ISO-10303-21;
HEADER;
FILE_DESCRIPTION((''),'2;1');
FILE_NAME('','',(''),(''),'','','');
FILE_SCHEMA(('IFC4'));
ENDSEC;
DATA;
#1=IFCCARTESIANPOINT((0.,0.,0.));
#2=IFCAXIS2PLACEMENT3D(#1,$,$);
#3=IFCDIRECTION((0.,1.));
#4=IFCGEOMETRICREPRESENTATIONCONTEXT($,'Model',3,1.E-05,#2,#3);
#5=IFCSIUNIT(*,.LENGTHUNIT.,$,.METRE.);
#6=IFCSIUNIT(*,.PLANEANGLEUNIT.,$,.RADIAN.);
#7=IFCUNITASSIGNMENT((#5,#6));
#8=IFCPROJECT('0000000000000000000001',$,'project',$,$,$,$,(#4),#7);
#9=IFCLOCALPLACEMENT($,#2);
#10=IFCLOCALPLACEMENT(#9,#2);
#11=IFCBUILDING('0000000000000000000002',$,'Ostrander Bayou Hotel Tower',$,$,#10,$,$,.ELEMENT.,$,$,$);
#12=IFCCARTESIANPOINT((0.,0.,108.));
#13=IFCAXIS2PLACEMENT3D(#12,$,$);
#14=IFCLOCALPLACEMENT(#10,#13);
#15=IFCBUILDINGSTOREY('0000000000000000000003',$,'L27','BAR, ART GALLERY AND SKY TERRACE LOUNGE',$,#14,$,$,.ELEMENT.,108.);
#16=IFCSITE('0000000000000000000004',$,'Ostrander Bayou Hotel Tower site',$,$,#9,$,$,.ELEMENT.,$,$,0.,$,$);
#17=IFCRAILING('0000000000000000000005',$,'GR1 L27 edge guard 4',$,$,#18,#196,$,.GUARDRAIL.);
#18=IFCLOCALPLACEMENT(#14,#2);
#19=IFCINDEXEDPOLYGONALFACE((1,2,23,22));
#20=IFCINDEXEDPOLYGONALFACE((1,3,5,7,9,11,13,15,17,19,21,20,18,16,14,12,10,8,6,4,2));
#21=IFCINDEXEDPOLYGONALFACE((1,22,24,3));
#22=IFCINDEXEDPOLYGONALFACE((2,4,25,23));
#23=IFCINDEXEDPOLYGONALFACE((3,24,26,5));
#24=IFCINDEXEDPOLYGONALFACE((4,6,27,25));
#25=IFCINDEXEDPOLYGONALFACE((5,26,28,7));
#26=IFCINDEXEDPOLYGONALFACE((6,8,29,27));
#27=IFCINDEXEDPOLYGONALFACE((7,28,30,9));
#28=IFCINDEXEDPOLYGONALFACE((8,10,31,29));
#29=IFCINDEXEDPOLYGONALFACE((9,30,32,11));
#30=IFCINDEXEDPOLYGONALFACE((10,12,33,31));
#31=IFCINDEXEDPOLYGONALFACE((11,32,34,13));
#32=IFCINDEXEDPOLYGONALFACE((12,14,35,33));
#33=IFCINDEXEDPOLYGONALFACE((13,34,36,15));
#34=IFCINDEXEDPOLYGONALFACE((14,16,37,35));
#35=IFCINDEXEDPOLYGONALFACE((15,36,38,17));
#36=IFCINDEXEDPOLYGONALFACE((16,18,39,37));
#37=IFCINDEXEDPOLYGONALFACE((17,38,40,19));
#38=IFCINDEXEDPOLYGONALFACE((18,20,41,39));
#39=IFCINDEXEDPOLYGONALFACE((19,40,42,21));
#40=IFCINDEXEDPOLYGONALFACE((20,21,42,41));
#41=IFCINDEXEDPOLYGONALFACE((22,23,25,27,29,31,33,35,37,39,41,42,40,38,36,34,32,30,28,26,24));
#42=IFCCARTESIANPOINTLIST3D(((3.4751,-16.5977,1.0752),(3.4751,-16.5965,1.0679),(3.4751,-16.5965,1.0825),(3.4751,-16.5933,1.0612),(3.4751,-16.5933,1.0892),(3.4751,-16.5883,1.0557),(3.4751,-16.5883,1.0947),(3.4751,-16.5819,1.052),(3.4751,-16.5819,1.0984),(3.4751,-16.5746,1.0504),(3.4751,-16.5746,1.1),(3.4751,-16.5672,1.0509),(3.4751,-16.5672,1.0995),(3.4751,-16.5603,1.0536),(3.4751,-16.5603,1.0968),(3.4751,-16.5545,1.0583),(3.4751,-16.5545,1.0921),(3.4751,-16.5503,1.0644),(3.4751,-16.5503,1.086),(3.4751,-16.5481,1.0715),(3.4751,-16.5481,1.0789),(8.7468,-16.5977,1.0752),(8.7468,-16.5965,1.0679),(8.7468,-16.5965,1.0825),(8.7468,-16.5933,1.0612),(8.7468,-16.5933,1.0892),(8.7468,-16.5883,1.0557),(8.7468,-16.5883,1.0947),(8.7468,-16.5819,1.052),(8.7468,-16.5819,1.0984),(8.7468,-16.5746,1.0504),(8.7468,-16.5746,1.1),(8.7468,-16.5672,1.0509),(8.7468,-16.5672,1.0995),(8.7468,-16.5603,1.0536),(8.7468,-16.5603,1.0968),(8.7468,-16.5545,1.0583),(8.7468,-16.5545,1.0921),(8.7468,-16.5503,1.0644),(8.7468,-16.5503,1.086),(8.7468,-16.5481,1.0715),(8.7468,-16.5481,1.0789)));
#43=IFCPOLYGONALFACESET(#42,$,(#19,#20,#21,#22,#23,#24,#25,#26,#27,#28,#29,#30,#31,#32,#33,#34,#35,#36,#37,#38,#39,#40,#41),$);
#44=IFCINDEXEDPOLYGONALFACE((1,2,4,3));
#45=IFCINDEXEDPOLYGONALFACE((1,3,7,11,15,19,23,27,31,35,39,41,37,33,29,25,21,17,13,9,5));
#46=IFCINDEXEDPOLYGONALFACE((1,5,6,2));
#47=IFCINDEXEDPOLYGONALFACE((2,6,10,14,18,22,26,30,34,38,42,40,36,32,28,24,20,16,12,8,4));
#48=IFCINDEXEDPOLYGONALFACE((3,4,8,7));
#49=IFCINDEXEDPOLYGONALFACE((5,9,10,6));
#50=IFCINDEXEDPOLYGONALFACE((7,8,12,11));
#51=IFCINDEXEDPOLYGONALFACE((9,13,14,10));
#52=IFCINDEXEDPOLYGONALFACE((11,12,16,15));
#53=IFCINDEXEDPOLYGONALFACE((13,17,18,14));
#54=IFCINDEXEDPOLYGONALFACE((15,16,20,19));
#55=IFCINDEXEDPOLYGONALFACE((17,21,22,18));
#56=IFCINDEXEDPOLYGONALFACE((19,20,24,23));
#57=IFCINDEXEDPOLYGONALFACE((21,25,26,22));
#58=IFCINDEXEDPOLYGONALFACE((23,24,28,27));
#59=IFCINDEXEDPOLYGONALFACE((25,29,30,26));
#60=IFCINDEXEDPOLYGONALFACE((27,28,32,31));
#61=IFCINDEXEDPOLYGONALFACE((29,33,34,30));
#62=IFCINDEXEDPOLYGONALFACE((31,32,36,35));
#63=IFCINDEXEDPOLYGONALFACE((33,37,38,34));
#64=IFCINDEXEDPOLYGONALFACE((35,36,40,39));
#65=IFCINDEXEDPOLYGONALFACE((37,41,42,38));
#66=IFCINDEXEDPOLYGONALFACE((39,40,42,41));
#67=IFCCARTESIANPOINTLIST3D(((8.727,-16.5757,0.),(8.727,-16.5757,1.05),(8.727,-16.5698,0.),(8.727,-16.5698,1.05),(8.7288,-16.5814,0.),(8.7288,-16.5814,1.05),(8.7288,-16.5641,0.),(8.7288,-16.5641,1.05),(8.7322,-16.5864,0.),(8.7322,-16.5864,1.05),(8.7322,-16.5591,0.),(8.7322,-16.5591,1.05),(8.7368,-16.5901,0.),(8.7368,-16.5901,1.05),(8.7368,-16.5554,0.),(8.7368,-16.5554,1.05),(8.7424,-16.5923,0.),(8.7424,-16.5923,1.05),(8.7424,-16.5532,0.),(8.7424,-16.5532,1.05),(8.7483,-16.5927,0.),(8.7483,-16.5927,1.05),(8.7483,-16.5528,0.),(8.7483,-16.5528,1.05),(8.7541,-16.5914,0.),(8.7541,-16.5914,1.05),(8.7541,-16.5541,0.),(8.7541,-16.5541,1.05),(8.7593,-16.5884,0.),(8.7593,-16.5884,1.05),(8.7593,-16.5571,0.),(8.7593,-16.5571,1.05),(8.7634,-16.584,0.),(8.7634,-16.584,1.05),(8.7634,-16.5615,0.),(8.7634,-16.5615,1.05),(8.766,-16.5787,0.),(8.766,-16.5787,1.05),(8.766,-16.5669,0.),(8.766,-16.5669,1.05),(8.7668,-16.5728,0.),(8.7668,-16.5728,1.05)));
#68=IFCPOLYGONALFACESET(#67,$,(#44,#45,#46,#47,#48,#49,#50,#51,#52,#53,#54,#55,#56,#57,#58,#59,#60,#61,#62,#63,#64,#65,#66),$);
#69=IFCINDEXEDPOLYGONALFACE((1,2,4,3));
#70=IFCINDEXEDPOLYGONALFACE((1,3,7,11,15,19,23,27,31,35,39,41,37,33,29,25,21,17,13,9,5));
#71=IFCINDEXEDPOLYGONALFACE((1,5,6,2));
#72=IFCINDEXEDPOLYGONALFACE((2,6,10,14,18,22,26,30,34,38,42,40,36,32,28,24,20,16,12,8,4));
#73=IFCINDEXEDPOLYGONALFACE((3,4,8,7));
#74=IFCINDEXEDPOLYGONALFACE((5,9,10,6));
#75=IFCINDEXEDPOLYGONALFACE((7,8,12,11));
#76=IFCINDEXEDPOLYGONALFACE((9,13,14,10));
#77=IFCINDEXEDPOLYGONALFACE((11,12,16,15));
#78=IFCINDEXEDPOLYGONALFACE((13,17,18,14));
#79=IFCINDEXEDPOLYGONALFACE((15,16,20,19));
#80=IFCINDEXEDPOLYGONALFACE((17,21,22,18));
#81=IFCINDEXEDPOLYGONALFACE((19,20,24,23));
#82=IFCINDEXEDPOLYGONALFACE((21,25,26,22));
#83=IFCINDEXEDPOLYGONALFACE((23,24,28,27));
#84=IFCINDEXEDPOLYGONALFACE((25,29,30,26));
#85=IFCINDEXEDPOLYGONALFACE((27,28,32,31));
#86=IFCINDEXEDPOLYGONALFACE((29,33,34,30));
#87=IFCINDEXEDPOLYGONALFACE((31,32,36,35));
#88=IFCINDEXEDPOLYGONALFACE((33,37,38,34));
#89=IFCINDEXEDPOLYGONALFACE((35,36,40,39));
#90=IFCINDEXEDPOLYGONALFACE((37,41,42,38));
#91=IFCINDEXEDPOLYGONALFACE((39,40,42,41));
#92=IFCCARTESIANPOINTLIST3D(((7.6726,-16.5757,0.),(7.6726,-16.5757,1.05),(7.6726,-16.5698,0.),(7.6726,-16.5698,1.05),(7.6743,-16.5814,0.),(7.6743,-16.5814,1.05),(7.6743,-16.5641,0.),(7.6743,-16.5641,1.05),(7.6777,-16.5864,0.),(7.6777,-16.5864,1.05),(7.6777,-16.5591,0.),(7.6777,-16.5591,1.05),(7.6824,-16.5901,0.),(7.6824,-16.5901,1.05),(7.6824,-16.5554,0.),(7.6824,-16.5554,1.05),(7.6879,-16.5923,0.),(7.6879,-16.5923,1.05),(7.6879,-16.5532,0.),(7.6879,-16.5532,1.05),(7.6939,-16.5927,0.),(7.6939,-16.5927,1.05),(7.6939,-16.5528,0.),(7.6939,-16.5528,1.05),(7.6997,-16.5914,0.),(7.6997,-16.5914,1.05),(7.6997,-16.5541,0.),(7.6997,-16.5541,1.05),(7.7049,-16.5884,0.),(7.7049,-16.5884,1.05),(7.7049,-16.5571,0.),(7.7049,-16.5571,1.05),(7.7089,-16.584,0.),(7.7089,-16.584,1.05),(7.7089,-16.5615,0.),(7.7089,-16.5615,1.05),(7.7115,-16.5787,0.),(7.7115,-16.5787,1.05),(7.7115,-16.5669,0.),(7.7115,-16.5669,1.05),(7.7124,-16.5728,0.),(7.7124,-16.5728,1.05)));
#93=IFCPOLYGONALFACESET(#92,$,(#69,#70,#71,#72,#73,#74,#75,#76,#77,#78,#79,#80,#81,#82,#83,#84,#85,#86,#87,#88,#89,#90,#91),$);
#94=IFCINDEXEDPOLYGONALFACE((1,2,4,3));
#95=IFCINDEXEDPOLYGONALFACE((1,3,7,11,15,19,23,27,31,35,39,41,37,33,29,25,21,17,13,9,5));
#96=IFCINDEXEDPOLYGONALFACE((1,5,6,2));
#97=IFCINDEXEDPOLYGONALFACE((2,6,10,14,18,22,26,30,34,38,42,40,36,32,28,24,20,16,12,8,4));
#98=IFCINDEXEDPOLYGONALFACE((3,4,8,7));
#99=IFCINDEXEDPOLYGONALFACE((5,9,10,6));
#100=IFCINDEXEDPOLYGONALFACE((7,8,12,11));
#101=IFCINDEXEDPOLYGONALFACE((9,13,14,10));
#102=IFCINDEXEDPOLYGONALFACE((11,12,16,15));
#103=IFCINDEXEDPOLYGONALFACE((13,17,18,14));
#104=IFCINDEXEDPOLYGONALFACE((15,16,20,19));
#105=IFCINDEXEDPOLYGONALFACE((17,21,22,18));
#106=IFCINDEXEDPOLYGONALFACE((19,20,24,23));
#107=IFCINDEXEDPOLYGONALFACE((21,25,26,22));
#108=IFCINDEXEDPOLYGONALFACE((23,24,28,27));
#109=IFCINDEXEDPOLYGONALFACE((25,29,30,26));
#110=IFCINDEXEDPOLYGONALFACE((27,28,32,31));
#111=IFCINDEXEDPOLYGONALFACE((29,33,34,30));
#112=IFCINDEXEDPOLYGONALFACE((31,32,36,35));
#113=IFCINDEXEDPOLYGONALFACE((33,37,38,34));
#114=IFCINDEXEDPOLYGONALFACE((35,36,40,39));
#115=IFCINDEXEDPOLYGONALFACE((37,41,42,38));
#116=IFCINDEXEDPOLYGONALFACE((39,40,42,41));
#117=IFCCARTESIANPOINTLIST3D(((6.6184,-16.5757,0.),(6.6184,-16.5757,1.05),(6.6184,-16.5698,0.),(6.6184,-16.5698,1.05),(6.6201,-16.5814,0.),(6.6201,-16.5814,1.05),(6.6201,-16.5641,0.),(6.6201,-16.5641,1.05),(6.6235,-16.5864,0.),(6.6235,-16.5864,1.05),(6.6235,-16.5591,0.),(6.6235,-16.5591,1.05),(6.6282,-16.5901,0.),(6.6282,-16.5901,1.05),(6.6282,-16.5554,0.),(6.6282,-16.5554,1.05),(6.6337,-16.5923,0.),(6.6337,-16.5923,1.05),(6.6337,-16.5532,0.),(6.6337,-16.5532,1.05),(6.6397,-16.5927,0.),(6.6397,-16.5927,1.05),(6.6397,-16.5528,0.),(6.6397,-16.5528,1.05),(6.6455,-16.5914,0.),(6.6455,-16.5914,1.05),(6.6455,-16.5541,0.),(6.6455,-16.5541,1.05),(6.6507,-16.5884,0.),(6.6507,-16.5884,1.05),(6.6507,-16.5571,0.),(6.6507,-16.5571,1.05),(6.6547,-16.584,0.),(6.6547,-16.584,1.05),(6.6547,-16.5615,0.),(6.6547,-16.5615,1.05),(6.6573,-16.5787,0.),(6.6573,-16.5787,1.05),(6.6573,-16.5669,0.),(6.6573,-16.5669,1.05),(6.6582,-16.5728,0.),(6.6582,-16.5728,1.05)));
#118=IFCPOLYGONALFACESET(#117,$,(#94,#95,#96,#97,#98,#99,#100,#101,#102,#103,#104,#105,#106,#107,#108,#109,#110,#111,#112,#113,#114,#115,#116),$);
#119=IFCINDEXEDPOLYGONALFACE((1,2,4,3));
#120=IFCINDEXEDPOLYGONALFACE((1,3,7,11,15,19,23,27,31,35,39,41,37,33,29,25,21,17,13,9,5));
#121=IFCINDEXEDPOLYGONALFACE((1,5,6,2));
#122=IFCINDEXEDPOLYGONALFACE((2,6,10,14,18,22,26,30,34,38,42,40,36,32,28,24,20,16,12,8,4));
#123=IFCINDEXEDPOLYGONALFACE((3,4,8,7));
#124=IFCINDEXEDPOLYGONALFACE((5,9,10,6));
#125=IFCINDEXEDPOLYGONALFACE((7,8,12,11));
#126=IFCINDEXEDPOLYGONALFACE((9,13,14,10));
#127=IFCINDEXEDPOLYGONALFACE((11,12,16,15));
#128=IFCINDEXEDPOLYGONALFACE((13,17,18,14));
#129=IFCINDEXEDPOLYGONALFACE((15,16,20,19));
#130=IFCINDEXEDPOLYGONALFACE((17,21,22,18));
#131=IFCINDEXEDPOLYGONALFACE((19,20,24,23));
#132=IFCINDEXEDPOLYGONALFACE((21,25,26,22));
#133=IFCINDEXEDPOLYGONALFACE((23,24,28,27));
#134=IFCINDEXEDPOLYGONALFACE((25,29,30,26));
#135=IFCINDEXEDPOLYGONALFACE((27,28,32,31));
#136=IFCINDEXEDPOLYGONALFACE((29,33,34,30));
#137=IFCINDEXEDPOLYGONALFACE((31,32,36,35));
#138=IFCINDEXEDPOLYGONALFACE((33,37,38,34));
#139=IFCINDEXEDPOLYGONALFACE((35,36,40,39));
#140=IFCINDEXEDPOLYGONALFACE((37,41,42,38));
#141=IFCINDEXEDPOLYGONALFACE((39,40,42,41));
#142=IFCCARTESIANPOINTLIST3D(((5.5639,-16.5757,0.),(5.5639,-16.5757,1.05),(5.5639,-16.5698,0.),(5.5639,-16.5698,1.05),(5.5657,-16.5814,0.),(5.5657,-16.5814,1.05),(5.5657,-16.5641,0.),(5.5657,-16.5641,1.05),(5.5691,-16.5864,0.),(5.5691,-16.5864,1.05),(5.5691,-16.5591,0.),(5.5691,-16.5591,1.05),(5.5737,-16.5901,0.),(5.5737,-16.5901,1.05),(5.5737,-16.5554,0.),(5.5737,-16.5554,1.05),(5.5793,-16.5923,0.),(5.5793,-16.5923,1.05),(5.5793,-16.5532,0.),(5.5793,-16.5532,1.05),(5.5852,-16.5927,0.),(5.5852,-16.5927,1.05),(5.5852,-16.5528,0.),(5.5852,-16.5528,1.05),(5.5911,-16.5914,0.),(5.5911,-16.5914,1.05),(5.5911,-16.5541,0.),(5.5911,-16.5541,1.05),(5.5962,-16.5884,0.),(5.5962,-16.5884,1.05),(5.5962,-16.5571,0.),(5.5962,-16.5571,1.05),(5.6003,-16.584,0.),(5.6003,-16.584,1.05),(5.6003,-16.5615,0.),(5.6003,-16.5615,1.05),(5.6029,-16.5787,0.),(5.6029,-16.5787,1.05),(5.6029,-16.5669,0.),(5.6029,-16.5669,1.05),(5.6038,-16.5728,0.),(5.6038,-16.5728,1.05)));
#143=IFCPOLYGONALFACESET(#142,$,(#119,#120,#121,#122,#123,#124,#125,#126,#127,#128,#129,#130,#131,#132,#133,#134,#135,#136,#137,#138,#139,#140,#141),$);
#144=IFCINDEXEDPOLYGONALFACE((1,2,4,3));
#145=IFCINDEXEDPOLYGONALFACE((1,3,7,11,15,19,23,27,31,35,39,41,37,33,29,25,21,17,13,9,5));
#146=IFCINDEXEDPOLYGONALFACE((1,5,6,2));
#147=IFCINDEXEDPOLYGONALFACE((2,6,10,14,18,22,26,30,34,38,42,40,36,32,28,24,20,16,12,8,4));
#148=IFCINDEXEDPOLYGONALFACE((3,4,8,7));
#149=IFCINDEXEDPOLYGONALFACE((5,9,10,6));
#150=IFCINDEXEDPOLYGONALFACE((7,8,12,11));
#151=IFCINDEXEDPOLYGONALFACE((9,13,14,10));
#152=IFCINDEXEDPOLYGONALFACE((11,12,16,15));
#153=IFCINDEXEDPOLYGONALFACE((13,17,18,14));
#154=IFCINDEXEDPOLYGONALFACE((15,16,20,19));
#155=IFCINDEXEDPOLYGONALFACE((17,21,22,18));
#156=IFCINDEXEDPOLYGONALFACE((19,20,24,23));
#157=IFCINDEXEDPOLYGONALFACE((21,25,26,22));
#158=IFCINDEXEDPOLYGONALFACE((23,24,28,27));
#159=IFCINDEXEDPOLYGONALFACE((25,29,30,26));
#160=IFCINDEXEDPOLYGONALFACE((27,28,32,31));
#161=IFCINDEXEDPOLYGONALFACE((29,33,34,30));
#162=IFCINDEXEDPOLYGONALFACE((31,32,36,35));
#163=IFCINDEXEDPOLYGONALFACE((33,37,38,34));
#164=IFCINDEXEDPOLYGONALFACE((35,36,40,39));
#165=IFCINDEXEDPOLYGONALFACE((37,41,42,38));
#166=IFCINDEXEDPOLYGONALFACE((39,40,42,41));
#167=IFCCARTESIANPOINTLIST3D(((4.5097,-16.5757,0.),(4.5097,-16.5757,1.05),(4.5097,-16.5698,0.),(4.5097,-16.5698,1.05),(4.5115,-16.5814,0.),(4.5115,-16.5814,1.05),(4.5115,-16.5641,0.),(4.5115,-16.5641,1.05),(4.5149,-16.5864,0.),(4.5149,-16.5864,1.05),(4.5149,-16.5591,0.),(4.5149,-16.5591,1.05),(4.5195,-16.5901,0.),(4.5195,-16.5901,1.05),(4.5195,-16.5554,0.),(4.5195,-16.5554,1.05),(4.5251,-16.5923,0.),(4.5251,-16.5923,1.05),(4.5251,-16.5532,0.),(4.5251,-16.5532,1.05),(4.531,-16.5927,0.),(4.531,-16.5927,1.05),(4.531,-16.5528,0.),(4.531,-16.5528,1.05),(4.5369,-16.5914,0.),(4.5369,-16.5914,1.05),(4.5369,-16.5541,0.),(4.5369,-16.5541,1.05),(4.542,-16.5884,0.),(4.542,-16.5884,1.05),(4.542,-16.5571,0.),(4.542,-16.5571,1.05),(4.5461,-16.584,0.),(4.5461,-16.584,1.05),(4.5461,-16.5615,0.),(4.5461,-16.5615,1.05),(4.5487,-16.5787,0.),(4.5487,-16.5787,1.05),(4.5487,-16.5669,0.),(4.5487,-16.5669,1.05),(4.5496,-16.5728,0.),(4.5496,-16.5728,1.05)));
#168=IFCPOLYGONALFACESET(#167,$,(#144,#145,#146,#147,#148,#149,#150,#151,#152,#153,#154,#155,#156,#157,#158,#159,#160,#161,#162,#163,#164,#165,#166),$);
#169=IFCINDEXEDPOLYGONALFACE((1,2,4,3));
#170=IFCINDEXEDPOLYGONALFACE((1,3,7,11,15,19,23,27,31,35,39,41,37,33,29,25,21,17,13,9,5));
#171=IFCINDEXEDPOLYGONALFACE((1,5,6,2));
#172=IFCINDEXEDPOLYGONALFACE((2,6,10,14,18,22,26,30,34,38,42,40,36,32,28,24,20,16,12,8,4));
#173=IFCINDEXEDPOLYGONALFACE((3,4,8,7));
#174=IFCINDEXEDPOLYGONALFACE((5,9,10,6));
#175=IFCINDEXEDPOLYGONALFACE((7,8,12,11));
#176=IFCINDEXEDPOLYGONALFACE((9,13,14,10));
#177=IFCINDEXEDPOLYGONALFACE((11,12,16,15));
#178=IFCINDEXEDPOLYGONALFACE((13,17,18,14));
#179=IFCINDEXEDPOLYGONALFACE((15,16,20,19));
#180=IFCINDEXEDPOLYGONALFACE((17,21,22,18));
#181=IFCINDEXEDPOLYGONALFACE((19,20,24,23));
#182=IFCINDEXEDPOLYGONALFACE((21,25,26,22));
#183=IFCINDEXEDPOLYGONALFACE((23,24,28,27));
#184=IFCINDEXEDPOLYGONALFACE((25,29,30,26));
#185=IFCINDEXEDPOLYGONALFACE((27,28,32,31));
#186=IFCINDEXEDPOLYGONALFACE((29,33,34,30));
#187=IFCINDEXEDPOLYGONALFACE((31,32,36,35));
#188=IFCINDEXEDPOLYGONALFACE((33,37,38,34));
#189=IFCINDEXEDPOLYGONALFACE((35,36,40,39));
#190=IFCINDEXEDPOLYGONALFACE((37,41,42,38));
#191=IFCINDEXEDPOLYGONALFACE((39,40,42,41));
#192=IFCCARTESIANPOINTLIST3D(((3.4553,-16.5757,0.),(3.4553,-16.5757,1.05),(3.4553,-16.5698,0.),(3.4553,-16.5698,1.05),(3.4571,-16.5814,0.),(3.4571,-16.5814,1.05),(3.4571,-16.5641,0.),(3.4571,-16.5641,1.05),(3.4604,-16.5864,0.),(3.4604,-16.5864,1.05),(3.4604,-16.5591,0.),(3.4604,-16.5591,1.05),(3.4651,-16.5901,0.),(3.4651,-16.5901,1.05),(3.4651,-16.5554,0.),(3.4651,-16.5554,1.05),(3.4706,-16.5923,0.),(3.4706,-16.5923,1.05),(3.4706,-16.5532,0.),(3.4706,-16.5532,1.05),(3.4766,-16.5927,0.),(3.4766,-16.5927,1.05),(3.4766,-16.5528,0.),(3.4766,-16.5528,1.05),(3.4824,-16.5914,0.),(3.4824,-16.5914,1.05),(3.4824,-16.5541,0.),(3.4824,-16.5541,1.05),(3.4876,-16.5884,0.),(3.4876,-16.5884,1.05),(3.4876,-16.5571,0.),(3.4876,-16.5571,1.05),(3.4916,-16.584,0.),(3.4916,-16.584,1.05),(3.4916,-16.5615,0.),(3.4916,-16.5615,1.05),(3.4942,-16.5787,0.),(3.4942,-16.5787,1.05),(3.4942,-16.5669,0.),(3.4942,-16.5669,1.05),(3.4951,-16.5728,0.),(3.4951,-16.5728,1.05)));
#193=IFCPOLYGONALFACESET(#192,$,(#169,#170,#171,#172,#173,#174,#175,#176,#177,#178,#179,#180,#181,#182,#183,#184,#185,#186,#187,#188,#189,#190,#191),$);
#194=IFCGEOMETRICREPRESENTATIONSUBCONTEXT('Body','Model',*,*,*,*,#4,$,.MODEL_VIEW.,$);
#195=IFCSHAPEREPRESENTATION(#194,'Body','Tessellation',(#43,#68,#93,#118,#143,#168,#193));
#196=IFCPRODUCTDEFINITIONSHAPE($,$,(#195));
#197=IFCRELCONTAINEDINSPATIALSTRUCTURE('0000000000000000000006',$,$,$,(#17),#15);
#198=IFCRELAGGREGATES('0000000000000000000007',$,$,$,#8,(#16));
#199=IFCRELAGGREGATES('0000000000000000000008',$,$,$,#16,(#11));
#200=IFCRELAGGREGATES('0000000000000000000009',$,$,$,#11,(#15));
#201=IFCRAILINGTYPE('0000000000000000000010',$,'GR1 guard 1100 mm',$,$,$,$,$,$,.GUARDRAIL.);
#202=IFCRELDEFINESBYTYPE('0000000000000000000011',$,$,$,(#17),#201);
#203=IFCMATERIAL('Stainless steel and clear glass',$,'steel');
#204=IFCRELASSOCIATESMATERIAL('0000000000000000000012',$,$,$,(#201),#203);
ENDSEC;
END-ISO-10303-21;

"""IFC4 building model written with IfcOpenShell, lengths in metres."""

from ifc_helpers import new_model, si_unit, direction, frame, origin, origin_2d, place, context, subcontext, project, spatial, circle, extrude, material, type_object, element, save


model = new_model("IFC4")

# Units and contexts
model_context = context("Model", 3, precision=1e-05, world=origin(), true_north=direction((0.0, 1.0)))
body_context = subcontext(model_context, "Body", "Model", "MODEL_VIEW")
ifc_project = project(units=[si_unit("LENGTHUNIT", "METRE"), si_unit("PLANEANGLEUNIT", "RADIAN")], contexts=[model_context])

# Site, building, storey
site_placement = place(None, origin())
site = spatial("IfcSite", under=ifc_project, at=site_placement, Name="Ostrander Bayou Hotel Tower site", CompositionType="ELEMENT", RefElevation=0.0)
building_placement = place(site_placement, origin())
building = spatial("IfcBuilding", under=site, at=building_placement, Name="Ostrander Bayou Hotel Tower", CompositionType="ELEMENT")
storey_placement = place(building_placement, frame((0.0, 0.0, 108.0)))
storey = spatial("IfcBuildingStorey", under=building, at=storey_placement, Name="L27", Description="BAR, ART GALLERY AND SKY TERRACE LOUNGE", CompositionType="ELEMENT", Elevation=108.0)

# Railing
ifc_material_1 = material(Name="Stainless steel and clear glass", Category="steel")
railing_type_1 = type_object("IfcRailingType", Name="GR1 guard 1100 mm", PredefinedType="GUARDRAIL", material=ifc_material_1)
railing_1_placement = place(storey_placement, frame((8.7468, -16.5728, 0.0)))
element("IfcRailing", 1, at=railing_1_placement, inside=storey, type_object=railing_type_1, Name="GR1 L27 edge guard 4", PredefinedType="GUARDRAIL", context=body_context, shape_type="SweptSolid", body=[
    extrude(circle(Radius=0.0249, at=origin_2d()), frame((0.0, 0.0, 1.0752), z_axis=(-1.0, 0.0, 0.0), x_axis=(0.0, -1.0, 0.0)), (0.0, 0.0, 1.0), 5.2717),
    extrude(circle(Radius=0.02, at=origin_2d()), origin(), (0.0, 0.0, 1.0), 1.05),
    extrude(circle(Radius=0.02, at=origin_2d()), frame((-1.0544, 0.0, 0.0)), (0.0, 0.0, 1.0), 1.05),
    extrude(circle(Radius=0.02, at=origin_2d()), frame((-2.1086, 0.0, 0.0)), (0.0, 0.0, 1.0), 1.05),
    extrude(circle(Radius=0.02, at=origin_2d()), frame((-3.1631, 0.0, 0.0)), (0.0, 0.0, 1.0), 1.05),
    extrude(circle(Radius=0.02, at=origin_2d()), frame((-4.2173, 0.0, 0.0)), (0.0, 0.0, 1.0), 1.05),
    extrude(circle(Radius=0.02, at=origin_2d()), frame((-5.2717, 0.0, 0.0)), (0.0, 0.0, 1.0), 1.05),
])

save(model, "model.ifc")
